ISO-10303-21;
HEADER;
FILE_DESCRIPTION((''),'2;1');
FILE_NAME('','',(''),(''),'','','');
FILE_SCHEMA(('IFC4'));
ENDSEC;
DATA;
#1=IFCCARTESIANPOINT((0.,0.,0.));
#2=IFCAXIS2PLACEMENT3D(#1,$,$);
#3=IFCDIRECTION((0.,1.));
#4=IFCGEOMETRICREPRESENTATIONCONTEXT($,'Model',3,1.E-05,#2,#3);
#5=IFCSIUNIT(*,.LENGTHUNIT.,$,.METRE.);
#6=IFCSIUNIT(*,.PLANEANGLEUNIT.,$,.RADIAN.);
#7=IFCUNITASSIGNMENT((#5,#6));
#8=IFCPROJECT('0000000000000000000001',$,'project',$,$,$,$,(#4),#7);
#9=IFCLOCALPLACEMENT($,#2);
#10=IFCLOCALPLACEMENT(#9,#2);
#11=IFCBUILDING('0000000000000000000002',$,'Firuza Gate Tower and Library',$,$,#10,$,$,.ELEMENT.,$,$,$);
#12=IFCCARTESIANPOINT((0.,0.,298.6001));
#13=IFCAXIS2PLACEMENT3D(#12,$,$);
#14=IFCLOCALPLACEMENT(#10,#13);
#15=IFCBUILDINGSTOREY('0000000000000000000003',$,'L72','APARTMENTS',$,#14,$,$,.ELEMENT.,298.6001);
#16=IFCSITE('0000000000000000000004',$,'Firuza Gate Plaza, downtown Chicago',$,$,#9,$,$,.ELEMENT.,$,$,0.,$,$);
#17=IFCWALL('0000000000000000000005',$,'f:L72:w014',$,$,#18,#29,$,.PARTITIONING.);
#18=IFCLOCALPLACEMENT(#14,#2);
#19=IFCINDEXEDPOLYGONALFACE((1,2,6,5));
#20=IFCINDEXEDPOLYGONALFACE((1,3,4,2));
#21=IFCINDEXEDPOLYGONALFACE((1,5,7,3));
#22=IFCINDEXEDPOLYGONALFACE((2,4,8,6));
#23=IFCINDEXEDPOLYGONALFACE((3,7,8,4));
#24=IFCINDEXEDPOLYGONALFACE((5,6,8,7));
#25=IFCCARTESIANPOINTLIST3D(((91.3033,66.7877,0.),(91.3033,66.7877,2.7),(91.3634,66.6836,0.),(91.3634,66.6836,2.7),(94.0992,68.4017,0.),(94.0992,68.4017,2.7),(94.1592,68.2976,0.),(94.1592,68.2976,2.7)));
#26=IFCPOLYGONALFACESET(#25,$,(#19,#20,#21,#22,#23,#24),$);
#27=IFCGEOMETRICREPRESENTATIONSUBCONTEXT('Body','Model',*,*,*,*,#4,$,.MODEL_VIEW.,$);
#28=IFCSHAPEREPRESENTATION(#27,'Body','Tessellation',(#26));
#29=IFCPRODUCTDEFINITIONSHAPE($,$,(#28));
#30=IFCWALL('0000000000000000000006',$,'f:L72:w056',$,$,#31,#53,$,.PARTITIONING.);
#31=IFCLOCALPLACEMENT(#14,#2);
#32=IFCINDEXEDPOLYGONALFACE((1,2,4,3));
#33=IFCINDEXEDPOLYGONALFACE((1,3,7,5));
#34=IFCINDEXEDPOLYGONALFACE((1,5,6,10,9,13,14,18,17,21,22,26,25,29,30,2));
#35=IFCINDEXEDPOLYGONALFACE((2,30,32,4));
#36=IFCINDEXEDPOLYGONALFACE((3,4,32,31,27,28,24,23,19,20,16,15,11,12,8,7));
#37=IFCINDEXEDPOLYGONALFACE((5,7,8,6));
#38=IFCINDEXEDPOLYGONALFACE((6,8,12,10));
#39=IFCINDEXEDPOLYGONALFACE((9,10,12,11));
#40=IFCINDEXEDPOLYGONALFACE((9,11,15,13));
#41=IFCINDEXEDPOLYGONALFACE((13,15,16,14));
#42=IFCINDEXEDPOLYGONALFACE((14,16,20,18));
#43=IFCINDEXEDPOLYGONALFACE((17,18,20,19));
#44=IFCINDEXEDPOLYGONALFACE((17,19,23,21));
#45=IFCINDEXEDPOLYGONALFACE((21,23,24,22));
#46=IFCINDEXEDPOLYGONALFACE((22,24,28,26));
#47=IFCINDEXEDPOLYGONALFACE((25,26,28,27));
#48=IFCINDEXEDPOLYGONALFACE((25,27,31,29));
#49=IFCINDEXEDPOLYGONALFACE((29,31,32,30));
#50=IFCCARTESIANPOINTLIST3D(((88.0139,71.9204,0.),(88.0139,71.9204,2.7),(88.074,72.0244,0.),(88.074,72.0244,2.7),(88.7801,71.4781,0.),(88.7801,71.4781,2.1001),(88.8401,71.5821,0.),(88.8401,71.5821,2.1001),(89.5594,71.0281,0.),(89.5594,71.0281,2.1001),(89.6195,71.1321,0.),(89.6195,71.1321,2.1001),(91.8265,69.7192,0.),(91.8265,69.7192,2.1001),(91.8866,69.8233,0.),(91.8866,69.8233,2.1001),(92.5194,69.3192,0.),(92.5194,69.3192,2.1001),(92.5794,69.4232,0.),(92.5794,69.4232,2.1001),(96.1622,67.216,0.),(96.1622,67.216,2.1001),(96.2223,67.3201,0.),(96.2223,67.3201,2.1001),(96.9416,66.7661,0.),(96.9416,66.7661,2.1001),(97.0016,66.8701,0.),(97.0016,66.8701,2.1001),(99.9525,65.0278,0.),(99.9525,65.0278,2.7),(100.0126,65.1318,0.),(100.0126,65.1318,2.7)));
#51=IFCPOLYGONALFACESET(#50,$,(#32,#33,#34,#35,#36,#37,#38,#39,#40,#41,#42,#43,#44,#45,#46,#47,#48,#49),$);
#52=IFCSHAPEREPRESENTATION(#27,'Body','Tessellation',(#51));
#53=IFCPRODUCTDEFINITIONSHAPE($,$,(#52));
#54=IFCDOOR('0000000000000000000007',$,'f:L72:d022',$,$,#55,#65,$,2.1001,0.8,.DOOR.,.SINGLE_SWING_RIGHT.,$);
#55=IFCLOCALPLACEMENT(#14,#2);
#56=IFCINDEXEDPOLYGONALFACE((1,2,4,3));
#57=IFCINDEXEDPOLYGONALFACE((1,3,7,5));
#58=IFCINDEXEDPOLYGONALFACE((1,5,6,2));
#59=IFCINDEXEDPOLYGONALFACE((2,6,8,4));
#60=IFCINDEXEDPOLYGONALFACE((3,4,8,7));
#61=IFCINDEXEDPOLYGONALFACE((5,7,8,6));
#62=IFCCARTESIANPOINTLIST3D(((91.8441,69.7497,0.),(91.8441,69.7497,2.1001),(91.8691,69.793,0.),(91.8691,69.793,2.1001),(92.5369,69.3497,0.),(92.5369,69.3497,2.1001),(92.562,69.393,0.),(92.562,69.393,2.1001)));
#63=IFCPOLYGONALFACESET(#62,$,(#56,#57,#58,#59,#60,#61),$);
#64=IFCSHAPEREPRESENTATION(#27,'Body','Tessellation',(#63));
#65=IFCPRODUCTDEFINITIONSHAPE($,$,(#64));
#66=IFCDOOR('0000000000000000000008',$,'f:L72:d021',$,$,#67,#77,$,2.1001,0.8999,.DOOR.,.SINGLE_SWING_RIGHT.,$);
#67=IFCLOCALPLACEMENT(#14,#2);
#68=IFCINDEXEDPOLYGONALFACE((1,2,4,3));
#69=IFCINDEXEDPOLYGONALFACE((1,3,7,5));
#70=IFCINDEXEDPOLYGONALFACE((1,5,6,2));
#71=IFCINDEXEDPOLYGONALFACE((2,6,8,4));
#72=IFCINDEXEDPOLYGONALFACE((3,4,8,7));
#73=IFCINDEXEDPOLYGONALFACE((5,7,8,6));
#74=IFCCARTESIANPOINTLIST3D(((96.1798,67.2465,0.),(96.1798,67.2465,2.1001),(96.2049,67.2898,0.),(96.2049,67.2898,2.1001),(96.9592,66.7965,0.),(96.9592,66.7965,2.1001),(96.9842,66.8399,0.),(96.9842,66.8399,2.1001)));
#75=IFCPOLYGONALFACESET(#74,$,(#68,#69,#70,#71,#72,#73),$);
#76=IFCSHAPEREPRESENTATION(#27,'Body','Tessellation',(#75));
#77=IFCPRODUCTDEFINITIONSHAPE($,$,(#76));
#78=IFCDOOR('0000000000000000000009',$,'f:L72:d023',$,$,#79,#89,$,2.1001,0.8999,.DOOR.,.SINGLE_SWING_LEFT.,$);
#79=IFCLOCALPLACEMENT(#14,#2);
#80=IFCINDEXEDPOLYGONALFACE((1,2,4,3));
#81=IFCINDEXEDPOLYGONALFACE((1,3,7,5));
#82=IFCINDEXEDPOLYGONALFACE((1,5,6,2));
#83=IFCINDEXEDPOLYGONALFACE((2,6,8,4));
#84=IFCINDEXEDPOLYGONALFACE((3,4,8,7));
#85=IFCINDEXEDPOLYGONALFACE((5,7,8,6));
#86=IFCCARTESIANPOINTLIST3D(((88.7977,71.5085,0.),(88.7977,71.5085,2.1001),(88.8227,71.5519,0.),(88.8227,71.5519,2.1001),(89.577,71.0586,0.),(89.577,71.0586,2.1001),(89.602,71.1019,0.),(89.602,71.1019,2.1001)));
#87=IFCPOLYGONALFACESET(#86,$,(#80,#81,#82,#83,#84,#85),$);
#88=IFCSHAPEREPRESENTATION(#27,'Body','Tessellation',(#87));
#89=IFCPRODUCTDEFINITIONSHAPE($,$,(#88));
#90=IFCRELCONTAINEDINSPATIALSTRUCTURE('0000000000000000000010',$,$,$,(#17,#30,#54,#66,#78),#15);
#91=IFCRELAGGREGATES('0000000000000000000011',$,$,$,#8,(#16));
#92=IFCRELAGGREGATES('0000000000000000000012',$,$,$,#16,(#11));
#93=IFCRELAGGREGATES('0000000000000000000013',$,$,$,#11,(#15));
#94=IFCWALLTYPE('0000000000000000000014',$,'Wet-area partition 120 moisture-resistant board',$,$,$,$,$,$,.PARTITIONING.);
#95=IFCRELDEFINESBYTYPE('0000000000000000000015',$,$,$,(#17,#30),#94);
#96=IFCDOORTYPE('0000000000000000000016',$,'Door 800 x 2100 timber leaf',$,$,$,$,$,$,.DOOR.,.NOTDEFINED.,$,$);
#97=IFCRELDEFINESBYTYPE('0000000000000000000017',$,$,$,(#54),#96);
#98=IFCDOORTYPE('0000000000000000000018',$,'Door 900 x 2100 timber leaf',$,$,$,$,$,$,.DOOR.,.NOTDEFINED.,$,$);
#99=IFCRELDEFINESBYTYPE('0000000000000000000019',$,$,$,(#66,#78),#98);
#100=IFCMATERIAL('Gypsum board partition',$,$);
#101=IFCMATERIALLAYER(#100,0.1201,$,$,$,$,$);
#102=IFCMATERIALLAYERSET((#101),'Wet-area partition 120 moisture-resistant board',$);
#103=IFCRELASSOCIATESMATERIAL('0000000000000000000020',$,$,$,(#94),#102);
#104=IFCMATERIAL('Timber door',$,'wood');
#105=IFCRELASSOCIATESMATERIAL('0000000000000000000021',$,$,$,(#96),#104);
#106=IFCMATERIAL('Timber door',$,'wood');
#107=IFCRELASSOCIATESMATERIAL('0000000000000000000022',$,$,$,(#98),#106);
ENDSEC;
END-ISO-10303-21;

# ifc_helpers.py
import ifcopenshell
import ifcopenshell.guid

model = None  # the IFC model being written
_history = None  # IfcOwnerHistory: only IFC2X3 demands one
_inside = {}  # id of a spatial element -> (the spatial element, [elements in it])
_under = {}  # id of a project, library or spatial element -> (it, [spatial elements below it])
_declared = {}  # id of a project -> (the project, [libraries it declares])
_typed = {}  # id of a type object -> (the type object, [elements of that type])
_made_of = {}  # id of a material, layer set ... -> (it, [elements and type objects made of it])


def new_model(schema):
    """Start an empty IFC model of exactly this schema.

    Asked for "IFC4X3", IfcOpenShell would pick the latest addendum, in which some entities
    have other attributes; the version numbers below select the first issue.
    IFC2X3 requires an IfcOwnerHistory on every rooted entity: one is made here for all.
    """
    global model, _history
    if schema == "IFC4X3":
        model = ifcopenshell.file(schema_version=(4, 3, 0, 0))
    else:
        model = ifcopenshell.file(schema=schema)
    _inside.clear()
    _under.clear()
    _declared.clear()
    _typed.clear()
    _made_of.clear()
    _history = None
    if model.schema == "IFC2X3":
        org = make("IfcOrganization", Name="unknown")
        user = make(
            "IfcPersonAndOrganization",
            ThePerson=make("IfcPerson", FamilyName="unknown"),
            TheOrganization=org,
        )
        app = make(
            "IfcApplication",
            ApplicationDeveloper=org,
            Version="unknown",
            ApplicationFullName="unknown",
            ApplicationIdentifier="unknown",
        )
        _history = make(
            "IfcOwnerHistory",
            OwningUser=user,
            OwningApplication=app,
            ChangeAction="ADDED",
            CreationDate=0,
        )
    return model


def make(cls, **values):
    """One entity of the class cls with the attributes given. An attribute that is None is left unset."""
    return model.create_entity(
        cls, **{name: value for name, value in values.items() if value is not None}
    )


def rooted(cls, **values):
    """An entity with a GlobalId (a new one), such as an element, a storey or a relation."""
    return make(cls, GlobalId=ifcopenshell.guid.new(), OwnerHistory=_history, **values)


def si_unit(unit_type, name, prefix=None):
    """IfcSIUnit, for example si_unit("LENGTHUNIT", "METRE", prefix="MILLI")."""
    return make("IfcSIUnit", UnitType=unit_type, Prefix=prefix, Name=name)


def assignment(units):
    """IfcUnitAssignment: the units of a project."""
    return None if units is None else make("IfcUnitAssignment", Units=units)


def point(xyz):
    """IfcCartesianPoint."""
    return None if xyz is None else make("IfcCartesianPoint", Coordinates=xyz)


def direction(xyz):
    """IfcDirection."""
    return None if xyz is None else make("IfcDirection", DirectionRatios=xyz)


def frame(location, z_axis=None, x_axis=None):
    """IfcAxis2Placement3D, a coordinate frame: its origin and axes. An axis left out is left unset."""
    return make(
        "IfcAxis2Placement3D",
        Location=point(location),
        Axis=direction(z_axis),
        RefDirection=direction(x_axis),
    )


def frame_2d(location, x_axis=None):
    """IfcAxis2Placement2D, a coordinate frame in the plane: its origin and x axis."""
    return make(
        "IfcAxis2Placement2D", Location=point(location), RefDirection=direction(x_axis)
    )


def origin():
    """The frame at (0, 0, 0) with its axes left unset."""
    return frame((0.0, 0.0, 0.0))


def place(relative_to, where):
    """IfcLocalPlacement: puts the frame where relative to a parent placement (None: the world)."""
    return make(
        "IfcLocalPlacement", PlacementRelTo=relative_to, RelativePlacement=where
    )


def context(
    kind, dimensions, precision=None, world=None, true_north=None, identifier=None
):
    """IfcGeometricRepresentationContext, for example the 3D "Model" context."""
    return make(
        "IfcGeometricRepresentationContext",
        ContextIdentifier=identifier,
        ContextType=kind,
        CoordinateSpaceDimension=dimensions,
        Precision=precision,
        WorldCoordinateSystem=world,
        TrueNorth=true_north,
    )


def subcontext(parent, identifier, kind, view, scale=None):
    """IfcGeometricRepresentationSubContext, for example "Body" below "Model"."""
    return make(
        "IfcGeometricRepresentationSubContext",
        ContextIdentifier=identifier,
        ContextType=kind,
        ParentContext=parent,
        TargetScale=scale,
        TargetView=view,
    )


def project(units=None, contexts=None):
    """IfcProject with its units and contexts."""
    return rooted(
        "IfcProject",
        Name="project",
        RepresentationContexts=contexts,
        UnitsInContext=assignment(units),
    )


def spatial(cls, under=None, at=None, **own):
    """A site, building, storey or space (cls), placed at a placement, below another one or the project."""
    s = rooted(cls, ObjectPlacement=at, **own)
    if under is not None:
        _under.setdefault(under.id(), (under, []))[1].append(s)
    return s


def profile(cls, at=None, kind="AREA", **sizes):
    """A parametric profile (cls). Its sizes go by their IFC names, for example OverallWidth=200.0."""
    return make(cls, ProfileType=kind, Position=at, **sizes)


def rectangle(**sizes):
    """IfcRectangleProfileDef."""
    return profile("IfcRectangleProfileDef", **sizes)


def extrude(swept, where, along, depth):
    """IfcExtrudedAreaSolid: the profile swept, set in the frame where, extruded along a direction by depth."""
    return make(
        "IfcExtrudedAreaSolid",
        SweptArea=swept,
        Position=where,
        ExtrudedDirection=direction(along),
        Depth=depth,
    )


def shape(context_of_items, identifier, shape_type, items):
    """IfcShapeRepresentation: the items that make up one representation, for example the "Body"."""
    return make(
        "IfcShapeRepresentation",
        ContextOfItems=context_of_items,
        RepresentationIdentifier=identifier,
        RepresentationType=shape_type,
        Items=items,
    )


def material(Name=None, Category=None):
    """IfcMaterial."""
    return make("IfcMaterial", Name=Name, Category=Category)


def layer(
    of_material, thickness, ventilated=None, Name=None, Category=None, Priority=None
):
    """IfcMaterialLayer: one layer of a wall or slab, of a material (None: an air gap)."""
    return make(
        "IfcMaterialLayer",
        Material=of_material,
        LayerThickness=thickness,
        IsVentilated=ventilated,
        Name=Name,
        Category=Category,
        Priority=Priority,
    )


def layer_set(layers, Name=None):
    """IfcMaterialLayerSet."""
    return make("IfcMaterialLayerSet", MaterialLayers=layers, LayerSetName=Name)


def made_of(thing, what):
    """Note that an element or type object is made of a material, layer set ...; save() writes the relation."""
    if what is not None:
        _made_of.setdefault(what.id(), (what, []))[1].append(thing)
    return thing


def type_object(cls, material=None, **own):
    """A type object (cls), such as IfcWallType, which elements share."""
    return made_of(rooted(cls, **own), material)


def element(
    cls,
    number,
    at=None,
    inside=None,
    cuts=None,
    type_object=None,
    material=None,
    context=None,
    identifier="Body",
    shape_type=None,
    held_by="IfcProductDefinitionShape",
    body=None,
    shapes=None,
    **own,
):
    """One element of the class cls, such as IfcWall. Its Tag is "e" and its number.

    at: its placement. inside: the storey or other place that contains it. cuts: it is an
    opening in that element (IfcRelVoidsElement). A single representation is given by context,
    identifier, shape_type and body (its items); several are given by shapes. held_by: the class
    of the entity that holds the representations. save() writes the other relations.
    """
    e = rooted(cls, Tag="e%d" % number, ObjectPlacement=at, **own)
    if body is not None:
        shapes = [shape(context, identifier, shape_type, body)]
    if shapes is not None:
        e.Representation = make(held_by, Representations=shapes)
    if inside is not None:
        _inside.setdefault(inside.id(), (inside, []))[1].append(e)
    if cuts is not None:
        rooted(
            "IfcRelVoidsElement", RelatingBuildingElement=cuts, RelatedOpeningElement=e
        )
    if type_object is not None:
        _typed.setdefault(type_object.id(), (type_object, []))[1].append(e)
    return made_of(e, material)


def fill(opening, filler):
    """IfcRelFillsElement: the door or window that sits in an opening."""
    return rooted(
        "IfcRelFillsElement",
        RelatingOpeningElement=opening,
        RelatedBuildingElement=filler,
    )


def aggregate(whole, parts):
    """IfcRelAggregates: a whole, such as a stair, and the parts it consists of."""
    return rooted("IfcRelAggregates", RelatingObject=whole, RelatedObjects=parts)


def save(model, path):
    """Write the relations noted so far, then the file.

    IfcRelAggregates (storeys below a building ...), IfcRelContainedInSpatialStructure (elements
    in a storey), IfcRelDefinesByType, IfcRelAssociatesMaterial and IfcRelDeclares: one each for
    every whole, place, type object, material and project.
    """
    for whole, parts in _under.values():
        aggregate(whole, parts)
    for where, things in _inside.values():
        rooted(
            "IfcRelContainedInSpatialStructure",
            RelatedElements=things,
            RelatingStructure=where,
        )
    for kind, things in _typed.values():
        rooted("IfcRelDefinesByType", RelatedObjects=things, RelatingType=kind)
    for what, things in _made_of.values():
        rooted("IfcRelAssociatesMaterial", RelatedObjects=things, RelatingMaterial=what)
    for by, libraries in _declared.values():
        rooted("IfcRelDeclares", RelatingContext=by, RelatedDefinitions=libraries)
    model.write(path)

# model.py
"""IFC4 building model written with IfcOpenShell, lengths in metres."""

from ifc_helpers import new_model, si_unit, direction, frame, frame_2d, origin, place, context, subcontext, project, spatial, rectangle, extrude, material, layer, layer_set, type_object, element, fill, save


model = new_model("IFC4")

# Units and contexts
model_context = context("Model", 3, precision=1e-05, world=origin(), true_north=direction((0.0, 1.0)))
body_context = subcontext(model_context, "Body", "Model", "MODEL_VIEW")
ifc_project = project(units=[si_unit("LENGTHUNIT", "METRE"), si_unit("PLANEANGLEUNIT", "RADIAN")], contexts=[model_context])

# Site, building, storey
site_placement = place(None, origin())
site = spatial("IfcSite", under=ifc_project, at=site_placement, Name="Firuza Gate Plaza, downtown Chicago", CompositionType="ELEMENT", RefElevation=0.0)
building_placement = place(site_placement, origin())
building = spatial("IfcBuilding", under=site, at=building_placement, Name="Firuza Gate Tower and Library", CompositionType="ELEMENT")
storey_placement = place(building_placement, frame((0.0, 0.0, 298.6001)))
storey = spatial("IfcBuildingStorey", under=building, at=storey_placement, Name="L72", Description="APARTMENTS", CompositionType="ELEMENT", Elevation=298.6001)

# Wall
ifc_material_1 = material(Name="Gypsum board partition")
ifc_layer_1 = layer(ifc_material_1, 0.1201)
ifc_layer_set_1 = layer_set([ifc_layer_1], Name="Wet-area partition 120 moisture-resistant board")
wall_type = type_object("IfcWallType", Name="Wet-area partition 120 moisture-resistant board", PredefinedType="PARTITIONING", material=ifc_layer_set_1)
wall_1_placement = place(storey_placement, frame((91.3333, 66.7356, 0.0), z_axis=(0.0, 0.0, 1.0), x_axis=(0.866052, 0.499954, 0.0)))
element("IfcWall", 1, at=wall_1_placement, inside=storey, type_object=wall_type, Name="f:L72:w014", PredefinedType="PARTITIONING", context=body_context, shape_type="SweptSolid", body=[
    extrude(rectangle(XDim=3.2283, YDim=0.1201, at=frame_2d((1.6143, 0.0))), origin(), (0.0, 0.0, 1.0), 2.7),
])

# Wall, openings, doors
wall_2_placement = place(storey_placement, frame((99.9824, 65.0798, 0.0), z_axis=(0.0, 0.0, 1.0), x_axis=(-0.866029, 0.499994, 0.0)))
wall_2 = element("IfcWall", 2, at=wall_2_placement, inside=storey, type_object=wall_type, Name="f:L72:w056", PredefinedType="PARTITIONING", context=body_context, shape_type="SweptSolid", body=[
    extrude(rectangle(XDim=13.7854, YDim=0.1201, at=frame_2d((6.8926, 0.0))), origin(), (0.0, 0.0, 1.0), 2.7),
])
opening_1_placement = place(wall_2_placement, frame((3.4766, 0.0, 0.0)))
opening_1 = element("IfcOpeningElement", 3, at=opening_1_placement, cuts=wall_2, PredefinedType="OPENING", context=body_context, shape_type="SweptSolid", body=[
    extrude(rectangle(XDim=0.8999, YDim=2.1001, at=frame_2d((0.45, 1.05))), frame((0.0, 0.0701, 0.0), z_axis=(0.0, -1.0, 0.0), x_axis=(1.0, 0.0, 0.0)), (0.0, 0.0, 1.0), 0.1401),
])
opening_2_placement = place(wall_2_placement, frame((8.583, 0.0, 0.0)))
opening_2 = element("IfcOpeningElement", 4, at=opening_2_placement, cuts=wall_2, PredefinedType="OPENING", context=body_context, shape_type="SweptSolid", body=[
    extrude(rectangle(XDim=0.8, YDim=2.1001, at=frame_2d((0.3999, 1.05))), frame((0.0, 0.0701, 0.0), z_axis=(0.0, -1.0, 0.0), x_axis=(1.0, 0.0, 0.0)), (0.0, 0.0, 1.0), 0.1401),
])
opening_3_placement = place(wall_2_placement, frame((12.0007, 0.0, 0.0)))
opening_3 = element("IfcOpeningElement", 5, at=opening_3_placement, cuts=wall_2, PredefinedType="OPENING", context=body_context, shape_type="SweptSolid", body=[
    extrude(rectangle(XDim=0.8999, YDim=2.1001, at=frame_2d((0.45, 1.05))), frame((0.0, 0.0701, 0.0), z_axis=(0.0, -1.0, 0.0), x_axis=(1.0, 0.0, 0.0)), (0.0, 0.0, 1.0), 0.1401),
])
ifc_material_2 = material(Name="Timber door", Category="wood")
door_type_1 = type_object("IfcDoorType", Name="Door 800 x 2100 timber leaf", OperationType="NOTDEFINED", PredefinedType="DOOR", material=ifc_material_2)
door_1_placement = place(opening_2_placement, origin())
door_1 = element("IfcDoor", 6, at=door_1_placement, inside=storey, type_object=door_type_1, Name="f:L72:d022", OperationType="SINGLE_SWING_RIGHT", OverallHeight=2.1001, OverallWidth=0.8, PredefinedType="DOOR", context=body_context, shape_type="SweptSolid", body=[
    extrude(rectangle(XDim=0.8, YDim=2.1001, at=frame_2d((0.3999, 1.05))), frame((0.0, 0.0249, 0.0), z_axis=(0.0, -1.0, 0.0), x_axis=(1.0, 0.0, 0.0)), (0.0, 0.0, 1.0), 0.05),
])
fill(opening_2, door_1)
ifc_material_3 = material(Name="Timber door", Category="wood")
door_type_2 = type_object("IfcDoorType", Name="Door 900 x 2100 timber leaf", OperationType="NOTDEFINED", PredefinedType="DOOR", material=ifc_material_3)
door_2_placement = place(opening_1_placement, origin())
door_2 = element("IfcDoor", 7, at=door_2_placement, inside=storey, type_object=door_type_2, Name="f:L72:d021", OperationType="SINGLE_SWING_RIGHT", OverallHeight=2.1001, OverallWidth=0.8999, PredefinedType="DOOR", context=body_context, shape_type="SweptSolid", body=[
    extrude(rectangle(XDim=0.8999, YDim=2.1001, at=frame_2d((0.45, 1.05))), frame((0.0, 0.0249, 0.0), z_axis=(0.0, -1.0, 0.0), x_axis=(1.0, 0.0, 0.0)), (0.0, 0.0, 1.0), 0.05),
])
fill(opening_1, door_2)
door_3_placement = place(opening_3_placement, origin())
door_3 = element("IfcDoor", 8, at=door_3_placement, inside=storey, type_object=door_type_2, Name="f:L72:d023", OperationType="SINGLE_SWING_LEFT", OverallHeight=2.1001, OverallWidth=0.8999, PredefinedType="DOOR", context=body_context, shape_type="SweptSolid", body=[
    extrude(rectangle(XDim=0.8999, YDim=2.1001, at=frame_2d((0.45, 1.05))), frame((0.0, 0.0249, 0.0), z_axis=(0.0, -1.0, 0.0), x_axis=(1.0, 0.0, 0.0)), (0.0, 0.0, 1.0), 0.05),
])
fill(opening_3, door_3)

save(model, "model.ifc")
